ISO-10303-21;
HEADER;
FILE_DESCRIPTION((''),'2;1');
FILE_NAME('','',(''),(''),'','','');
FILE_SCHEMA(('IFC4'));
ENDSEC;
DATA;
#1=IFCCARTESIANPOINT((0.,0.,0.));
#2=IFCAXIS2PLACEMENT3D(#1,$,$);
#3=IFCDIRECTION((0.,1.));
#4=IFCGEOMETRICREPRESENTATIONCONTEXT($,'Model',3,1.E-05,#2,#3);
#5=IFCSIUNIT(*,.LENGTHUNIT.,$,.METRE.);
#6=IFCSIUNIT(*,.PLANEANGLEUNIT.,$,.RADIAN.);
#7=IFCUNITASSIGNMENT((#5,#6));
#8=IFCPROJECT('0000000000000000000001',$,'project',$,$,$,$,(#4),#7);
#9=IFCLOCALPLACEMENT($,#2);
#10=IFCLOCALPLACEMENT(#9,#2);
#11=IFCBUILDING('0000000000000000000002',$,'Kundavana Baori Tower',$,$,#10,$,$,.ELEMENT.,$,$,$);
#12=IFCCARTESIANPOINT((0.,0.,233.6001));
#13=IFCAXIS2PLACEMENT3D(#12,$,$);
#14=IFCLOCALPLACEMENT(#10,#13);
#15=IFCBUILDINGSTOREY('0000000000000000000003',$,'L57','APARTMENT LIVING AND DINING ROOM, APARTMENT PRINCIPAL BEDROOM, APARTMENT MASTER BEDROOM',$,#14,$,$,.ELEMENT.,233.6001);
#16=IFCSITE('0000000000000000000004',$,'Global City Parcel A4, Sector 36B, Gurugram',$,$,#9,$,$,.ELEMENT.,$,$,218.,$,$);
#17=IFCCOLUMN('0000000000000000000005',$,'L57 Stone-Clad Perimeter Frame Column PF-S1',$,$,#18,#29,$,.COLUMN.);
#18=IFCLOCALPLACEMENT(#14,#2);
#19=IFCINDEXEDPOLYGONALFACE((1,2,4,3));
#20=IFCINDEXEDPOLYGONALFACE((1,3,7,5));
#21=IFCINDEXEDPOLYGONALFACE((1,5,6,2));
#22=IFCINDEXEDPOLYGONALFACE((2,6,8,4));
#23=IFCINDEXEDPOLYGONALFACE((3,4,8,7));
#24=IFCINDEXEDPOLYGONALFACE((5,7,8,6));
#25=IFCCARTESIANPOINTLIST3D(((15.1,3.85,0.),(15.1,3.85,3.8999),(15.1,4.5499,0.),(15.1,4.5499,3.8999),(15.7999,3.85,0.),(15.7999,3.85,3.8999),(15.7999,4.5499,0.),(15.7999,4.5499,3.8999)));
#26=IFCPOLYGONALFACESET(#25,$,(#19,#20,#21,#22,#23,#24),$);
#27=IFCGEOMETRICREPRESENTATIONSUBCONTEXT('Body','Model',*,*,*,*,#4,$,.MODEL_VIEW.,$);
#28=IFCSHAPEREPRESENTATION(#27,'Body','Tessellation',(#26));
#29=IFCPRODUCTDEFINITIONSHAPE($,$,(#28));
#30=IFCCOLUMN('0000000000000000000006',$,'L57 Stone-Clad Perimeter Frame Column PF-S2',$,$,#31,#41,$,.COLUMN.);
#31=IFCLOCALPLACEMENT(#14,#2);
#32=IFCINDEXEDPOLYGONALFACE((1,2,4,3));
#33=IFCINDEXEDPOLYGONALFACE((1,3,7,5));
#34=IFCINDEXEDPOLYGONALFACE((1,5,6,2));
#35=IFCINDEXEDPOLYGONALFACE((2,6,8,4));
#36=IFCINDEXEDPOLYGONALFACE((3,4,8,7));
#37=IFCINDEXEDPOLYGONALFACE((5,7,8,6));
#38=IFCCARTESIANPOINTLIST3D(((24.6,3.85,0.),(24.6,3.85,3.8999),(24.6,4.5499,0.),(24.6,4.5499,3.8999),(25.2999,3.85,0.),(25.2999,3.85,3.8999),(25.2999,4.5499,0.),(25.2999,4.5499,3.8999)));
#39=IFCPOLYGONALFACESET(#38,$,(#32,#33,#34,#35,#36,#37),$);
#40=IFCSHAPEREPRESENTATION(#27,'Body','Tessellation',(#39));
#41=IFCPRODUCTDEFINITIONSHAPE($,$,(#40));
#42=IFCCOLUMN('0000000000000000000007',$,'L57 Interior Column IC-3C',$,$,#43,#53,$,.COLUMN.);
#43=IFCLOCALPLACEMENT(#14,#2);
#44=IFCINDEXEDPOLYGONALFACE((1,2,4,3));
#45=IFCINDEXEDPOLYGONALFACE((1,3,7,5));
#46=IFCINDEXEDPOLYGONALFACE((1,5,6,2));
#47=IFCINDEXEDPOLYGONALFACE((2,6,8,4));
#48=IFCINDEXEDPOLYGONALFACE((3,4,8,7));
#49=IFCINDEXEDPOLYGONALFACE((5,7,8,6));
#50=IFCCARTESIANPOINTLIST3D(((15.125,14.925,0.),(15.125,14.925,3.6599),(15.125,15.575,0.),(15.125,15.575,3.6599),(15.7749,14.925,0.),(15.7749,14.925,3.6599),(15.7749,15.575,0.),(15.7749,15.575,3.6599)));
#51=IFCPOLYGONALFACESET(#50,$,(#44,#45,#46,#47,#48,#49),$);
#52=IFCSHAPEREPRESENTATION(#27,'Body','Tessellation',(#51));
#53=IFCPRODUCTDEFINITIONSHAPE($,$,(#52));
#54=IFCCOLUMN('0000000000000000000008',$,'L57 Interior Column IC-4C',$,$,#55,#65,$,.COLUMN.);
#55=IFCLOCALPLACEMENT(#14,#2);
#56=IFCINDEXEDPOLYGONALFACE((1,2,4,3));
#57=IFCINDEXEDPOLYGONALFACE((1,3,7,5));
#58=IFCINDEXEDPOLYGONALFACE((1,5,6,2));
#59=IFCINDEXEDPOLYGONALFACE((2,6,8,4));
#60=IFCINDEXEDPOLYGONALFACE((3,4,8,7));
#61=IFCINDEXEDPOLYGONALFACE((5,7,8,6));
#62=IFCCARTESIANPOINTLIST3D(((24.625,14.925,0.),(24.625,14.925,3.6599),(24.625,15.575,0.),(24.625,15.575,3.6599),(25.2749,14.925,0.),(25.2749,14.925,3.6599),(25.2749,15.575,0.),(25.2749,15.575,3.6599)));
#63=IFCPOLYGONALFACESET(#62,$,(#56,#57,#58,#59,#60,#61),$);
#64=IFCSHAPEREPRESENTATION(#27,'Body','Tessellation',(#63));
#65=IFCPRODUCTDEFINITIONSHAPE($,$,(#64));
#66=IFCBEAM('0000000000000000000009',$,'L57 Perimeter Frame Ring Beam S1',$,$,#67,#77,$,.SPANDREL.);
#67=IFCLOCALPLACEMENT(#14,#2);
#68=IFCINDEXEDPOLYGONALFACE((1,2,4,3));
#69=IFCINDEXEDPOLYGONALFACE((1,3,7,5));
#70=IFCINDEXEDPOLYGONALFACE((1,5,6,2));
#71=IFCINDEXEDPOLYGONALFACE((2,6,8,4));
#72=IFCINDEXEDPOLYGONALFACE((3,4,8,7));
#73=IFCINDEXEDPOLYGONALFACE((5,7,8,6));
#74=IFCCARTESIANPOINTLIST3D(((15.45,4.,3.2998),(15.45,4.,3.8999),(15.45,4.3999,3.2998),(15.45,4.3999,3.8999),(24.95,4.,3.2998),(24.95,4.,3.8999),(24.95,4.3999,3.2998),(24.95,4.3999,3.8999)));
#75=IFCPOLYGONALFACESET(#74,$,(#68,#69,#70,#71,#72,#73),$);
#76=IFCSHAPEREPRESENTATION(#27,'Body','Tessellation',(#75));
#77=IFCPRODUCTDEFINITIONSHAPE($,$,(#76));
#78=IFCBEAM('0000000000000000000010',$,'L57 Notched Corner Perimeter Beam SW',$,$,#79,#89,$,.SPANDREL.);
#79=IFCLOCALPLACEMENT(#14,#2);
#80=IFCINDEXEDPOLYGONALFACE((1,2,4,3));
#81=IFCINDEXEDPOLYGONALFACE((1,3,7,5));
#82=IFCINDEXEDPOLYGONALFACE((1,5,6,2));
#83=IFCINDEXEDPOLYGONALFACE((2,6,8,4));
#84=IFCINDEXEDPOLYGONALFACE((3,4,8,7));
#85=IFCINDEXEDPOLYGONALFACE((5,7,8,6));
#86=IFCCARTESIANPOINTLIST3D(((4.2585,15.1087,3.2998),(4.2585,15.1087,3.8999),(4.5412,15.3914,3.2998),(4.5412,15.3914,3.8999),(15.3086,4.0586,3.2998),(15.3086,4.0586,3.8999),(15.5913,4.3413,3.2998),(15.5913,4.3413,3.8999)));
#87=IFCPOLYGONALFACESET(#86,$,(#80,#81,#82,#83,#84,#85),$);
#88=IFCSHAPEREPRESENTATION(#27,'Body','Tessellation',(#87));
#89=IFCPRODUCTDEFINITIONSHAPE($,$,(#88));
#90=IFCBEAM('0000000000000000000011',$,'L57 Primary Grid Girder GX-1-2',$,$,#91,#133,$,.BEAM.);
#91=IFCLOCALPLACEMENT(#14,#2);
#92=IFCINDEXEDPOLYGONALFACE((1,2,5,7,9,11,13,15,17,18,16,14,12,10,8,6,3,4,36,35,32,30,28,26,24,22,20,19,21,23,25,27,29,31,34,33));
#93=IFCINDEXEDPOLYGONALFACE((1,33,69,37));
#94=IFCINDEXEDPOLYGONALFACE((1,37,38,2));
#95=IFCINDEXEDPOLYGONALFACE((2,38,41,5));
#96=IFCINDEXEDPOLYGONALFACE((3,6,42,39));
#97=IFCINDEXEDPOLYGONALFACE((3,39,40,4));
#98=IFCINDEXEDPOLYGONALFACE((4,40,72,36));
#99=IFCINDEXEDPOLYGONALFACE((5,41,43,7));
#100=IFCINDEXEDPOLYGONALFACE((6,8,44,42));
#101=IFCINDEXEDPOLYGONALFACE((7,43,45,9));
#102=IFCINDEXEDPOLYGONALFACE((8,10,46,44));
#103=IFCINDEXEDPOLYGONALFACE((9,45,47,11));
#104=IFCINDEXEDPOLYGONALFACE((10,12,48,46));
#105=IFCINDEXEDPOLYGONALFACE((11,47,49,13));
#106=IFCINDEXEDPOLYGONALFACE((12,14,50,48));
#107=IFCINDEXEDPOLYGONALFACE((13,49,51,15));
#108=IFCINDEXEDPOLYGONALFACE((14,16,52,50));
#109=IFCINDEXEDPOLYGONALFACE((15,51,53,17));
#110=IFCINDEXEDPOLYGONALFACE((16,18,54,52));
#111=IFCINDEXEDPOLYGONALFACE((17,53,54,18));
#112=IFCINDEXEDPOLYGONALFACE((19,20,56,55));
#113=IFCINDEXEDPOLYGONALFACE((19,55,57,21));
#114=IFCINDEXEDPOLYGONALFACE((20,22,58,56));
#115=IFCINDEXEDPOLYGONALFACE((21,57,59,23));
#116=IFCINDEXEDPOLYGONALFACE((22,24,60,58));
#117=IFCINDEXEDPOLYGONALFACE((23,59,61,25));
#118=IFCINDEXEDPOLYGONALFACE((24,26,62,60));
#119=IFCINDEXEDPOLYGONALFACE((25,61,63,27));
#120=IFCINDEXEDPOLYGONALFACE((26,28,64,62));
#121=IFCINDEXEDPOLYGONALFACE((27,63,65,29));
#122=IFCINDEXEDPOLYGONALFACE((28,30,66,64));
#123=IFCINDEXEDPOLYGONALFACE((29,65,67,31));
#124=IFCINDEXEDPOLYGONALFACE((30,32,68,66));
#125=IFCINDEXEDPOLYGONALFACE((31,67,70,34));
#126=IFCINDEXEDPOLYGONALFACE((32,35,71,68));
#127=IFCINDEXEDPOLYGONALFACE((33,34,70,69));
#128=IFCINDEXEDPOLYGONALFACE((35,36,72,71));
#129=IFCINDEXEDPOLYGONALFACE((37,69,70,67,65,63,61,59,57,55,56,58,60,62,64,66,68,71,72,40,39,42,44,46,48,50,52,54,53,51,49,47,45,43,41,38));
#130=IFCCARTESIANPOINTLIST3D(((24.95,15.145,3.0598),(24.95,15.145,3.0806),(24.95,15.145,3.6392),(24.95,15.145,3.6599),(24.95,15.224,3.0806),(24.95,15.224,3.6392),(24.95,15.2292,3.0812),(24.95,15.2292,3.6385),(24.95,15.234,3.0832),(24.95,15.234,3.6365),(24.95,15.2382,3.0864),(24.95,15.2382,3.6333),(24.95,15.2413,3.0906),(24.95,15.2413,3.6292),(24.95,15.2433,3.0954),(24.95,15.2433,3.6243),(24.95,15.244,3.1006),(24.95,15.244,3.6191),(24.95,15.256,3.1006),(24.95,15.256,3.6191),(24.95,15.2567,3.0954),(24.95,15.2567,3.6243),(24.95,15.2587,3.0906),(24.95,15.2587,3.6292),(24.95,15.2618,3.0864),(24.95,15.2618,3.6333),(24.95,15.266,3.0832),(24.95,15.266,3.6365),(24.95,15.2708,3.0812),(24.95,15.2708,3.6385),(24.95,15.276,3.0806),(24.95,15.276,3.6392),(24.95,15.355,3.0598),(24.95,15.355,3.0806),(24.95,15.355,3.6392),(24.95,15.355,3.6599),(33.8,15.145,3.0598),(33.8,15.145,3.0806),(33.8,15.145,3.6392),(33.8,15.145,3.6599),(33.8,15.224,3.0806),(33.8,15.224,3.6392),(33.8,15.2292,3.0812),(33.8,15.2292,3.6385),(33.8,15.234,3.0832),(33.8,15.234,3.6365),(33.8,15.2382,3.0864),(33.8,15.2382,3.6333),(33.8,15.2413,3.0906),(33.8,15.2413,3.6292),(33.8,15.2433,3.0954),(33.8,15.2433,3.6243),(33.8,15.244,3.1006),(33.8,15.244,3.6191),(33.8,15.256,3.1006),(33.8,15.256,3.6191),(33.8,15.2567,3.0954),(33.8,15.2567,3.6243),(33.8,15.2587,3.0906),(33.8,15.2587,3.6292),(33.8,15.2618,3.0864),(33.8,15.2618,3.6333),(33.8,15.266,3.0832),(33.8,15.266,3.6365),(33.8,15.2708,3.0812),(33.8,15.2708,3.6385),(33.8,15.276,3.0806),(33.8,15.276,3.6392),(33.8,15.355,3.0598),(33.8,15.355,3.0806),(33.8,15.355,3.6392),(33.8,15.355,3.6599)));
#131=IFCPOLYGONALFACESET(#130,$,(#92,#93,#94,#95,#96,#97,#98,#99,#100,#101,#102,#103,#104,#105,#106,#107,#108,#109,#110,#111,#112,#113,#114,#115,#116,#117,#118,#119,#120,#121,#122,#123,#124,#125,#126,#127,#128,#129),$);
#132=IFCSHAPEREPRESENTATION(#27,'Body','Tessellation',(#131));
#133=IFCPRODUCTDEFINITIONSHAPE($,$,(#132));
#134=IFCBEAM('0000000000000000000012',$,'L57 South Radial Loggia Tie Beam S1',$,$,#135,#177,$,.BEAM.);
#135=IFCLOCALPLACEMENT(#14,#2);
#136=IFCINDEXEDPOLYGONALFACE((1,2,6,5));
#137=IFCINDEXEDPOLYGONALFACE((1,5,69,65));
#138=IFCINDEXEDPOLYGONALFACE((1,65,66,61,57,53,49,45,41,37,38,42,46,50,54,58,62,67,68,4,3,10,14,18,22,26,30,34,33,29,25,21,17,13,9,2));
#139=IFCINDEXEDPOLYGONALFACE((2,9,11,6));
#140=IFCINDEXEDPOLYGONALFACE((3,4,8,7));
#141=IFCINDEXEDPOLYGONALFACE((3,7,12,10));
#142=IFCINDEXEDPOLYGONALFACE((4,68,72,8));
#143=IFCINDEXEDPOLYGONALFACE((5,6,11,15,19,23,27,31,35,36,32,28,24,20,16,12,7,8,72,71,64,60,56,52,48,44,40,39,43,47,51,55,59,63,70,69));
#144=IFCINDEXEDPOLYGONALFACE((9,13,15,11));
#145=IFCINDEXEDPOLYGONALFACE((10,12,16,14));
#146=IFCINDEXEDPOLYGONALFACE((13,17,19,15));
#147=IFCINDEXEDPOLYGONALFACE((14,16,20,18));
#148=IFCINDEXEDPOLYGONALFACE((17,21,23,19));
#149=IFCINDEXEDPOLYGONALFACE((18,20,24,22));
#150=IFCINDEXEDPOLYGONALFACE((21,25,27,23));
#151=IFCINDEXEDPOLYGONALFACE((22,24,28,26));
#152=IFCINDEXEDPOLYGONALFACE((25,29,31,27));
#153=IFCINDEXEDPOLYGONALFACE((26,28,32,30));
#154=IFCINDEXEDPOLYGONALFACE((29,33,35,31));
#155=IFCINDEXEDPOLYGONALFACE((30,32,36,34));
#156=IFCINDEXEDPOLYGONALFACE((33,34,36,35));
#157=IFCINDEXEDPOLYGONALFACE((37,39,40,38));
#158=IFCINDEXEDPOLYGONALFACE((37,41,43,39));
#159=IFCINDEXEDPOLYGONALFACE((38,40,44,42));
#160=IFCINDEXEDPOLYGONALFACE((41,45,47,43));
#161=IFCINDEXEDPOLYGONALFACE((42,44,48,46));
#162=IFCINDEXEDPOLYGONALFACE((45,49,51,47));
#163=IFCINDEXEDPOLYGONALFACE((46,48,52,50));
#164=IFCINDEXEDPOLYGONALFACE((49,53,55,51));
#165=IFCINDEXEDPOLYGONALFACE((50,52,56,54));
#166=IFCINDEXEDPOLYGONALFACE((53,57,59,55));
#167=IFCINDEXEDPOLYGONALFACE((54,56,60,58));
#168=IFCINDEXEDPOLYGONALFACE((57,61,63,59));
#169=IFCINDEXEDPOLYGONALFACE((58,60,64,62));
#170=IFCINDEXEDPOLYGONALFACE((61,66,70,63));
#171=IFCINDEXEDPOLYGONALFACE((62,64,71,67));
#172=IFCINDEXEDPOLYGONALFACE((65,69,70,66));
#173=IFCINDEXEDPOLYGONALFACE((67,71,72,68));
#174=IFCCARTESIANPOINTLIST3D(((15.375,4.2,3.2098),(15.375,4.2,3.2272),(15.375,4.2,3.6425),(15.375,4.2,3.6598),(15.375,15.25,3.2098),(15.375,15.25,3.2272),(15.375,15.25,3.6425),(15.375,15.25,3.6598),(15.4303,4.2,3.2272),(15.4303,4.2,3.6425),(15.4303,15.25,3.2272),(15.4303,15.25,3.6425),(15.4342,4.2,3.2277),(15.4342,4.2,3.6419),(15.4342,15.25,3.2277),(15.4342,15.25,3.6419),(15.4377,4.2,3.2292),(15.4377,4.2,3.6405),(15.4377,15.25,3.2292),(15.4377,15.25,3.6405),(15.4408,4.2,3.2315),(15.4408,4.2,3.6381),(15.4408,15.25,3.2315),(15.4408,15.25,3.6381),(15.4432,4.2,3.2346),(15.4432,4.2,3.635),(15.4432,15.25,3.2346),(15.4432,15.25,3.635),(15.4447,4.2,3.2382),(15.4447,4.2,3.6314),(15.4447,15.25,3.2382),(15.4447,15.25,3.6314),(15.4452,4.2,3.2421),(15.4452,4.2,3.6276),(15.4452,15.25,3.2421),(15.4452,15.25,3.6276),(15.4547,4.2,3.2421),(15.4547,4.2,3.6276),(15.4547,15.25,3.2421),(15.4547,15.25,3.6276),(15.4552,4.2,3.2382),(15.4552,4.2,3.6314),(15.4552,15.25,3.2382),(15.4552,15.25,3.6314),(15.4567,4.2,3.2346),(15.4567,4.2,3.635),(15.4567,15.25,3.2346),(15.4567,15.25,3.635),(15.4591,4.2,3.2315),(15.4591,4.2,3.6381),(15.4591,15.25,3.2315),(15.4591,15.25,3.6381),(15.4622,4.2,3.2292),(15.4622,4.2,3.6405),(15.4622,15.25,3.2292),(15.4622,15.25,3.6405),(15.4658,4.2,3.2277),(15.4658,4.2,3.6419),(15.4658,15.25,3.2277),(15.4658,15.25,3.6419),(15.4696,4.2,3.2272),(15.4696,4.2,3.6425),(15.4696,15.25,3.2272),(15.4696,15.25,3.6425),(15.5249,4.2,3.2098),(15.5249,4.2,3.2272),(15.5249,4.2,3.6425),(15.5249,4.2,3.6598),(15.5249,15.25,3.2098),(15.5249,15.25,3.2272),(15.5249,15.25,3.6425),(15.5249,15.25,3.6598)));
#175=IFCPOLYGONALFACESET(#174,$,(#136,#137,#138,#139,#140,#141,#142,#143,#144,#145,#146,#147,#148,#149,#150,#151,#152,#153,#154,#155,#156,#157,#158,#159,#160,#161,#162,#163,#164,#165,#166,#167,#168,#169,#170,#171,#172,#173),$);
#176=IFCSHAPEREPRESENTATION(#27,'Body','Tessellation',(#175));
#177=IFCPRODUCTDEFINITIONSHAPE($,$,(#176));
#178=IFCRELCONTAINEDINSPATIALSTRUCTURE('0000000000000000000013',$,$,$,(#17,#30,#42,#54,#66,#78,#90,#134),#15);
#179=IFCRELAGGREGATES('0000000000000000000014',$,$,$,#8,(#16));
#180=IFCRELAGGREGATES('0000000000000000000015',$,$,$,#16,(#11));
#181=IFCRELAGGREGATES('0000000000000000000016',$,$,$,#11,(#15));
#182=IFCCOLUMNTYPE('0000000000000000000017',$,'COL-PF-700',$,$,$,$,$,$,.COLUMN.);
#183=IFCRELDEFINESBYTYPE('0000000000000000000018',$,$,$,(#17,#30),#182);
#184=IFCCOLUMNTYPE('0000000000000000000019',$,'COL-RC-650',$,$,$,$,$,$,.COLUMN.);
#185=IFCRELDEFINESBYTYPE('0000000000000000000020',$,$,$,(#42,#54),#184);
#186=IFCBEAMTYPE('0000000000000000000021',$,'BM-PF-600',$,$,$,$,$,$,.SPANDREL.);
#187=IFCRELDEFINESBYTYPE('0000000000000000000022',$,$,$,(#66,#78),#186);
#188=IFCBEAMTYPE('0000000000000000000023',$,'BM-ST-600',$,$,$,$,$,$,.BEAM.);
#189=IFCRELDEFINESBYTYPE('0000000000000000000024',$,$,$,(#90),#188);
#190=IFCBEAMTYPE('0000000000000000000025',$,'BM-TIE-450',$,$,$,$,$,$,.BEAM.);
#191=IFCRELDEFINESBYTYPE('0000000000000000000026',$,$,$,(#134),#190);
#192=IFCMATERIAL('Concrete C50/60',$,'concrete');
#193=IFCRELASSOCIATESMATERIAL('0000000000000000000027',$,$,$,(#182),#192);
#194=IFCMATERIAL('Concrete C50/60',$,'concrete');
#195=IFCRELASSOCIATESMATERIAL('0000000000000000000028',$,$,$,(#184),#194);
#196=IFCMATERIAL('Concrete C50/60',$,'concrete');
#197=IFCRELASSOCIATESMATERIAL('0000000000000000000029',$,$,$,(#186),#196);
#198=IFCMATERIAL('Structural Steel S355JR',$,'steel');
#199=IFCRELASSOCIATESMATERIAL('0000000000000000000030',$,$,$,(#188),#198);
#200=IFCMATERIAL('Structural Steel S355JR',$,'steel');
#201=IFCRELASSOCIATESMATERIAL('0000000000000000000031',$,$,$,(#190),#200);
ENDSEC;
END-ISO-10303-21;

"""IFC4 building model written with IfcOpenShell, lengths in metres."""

from ifc_helpers import new_model, si_unit, direction, frame, origin, origin_2d, place, context, subcontext, project, spatial, rectangle, i_section, extrude, material, material_profile, profile_set, type_object, element, save


model = new_model("IFC4")

# Units and contexts
model_context = context("Model", 3, precision=1e-05, world=origin(), true_north=direction((0.0, 1.0)))
body_context = subcontext(model_context, "Body", "Model", "MODEL_VIEW")
ifc_project = project(units=[si_unit("LENGTHUNIT", "METRE"), si_unit("PLANEANGLEUNIT", "RADIAN")], contexts=[model_context])

# Site, building, storey
site_placement = place(None, origin())
site = spatial("IfcSite", under=ifc_project, at=site_placement, Name="Global City Parcel A4, Sector 36B, Gurugram", CompositionType="ELEMENT", RefElevation=218.0)
building_placement = place(site_placement, origin())
building = spatial("IfcBuilding", under=site, at=building_placement, Name="Kundavana Baori Tower", CompositionType="ELEMENT")
storey_placement = place(building_placement, frame((0.0, 0.0, 233.6001)))
storey = spatial("IfcBuildingStorey", under=building, at=storey_placement, Name="L57", Description="APARTMENT LIVING AND DINING ROOM, APARTMENT PRINCIPAL BEDROOM, APARTMENT MASTER BEDROOM", CompositionType="ELEMENT", Elevation=233.6001)

# Columns
ifc_material_1 = material(Name="Concrete C50/60", Category="concrete")
ifc_material_profile_1 = material_profile(ifc_material_1, rectangle(XDim=0.7, YDim=0.7, at=origin_2d()), Name="RC PF 700x700")
ifc_profile_set_1 = profile_set([ifc_material_profile_1], Name="Concrete C50/60")
column_type_1 = type_object("IfcColumnType", Name="COL-PF-700", PredefinedType="COLUMN", material=ifc_profile_set_1)
for number, where, z_axis, x_axis, name in (
    (1, (15.45, 4.2, 0.0), (0.0, 0.0, 1.0), (1.0, 0.0, 0.0), "L57 Stone-Clad Perimeter Frame Column PF-S1"),
    (2, (24.95, 4.2, 0.0), (0.0, 0.0, 1.0), (1.0, 0.0, 0.0), "L57 Stone-Clad Perimeter Frame Column PF-S2"),
):
    element("IfcColumn", number, at=place(storey_placement, frame(where, z_axis=z_axis, x_axis=x_axis)), inside=storey, type_object=column_type_1, Name=name, PredefinedType="COLUMN", context=body_context, shape_type="SweptSolid", body=[
        extrude(rectangle(XDim=0.7, YDim=0.7, at=origin_2d()), origin(), (0.0, 0.0, 1.0), 3.8999),
    ])
ifc_material_2 = material(Name="Concrete C50/60", Category="concrete")
ifc_material_profile_2 = material_profile(ifc_material_2, rectangle(XDim=0.6499, YDim=0.6499, at=origin_2d()), Name="RC 650x650")
ifc_profile_set_2 = profile_set([ifc_material_profile_2], Name="Concrete C50/60")
column_type_2 = type_object("IfcColumnType", Name="COL-RC-650", PredefinedType="COLUMN", material=ifc_profile_set_2)
for number, where, z_axis, x_axis, name in (
    (3, (15.45, 15.25, 0.0), (0.0, 0.0, 1.0), (1.0, 0.0, 0.0), "L57 Interior Column IC-3C"),
    (4, (24.95, 15.25, 0.0), (0.0, 0.0, 1.0), (1.0, 0.0, 0.0), "L57 Interior Column IC-4C"),
):
    element("IfcColumn", number, at=place(storey_placement, frame(where, z_axis=z_axis, x_axis=x_axis)), inside=storey, type_object=column_type_2, Name=name, PredefinedType="COLUMN", context=body_context, shape_type="SweptSolid", body=[
        extrude(rectangle(XDim=0.6499, YDim=0.6499, at=origin_2d()), origin(), (0.0, 0.0, 1.0), 3.6599),
    ])

# Beams
ifc_material_3 = material(Name="Concrete C50/60", Category="concrete")
ifc_material_profile_3 = material_profile(ifc_material_3, rectangle(XDim=0.3999, YDim=0.6001, at=origin_2d()), Name="RC BM 400x600")
ifc_profile_set_3 = profile_set([ifc_material_profile_3], Name="Concrete C50/60")
beam_type_1 = type_object("IfcBeamType", Name="BM-PF-600", PredefinedType="SPANDREL", material=ifc_profile_set_3)
beam_1_placement = place(storey_placement, frame((15.45, 4.2, 3.5999), z_axis=(1.0, 0.0, 0.0), x_axis=(0.0, 1.0, 0.0)))
element("IfcBeam", 5, at=beam_1_placement, inside=storey, type_object=beam_type_1, Name="L57 Perimeter Frame Ring Beam S1", PredefinedType="SPANDREL", context=body_context, shape_type="SweptSolid", body=[
    extrude(rectangle(XDim=0.3999, YDim=0.6001, at=origin_2d()), origin(), (0.0, 0.0, 1.0), 9.5),
])
beam_2_placement = place(storey_placement, frame((15.45, 4.2, 3.5999), z_axis=(-0.707107, 0.707107, 0.0), x_axis=(-0.707107, -0.707107, 0.0)))
element("IfcBeam", 6, at=beam_2_placement, inside=storey, type_object=beam_type_1, Name="L57 Notched Corner Perimeter Beam SW", PredefinedType="SPANDREL", context=body_context, shape_type="SweptSolid", body=[
    extrude(rectangle(XDim=0.3999, YDim=0.6001, at=origin_2d()), origin(), (0.0, 0.0, 1.0), 15.6272),
])
ifc_material_4 = material(Name="Structural Steel S355JR", Category="steel")
ifc_material_profile_4 = material_profile(ifc_material_4, i_section(OverallWidth=0.21, OverallDepth=0.6001, WebThickness=0.012, FlangeThickness=0.0208, FilletRadius=0.02, at=origin_2d()), Name="ISMB 600")
ifc_profile_set_4 = profile_set([ifc_material_profile_4], Name="Structural Steel S355JR")
beam_type_2 = type_object("IfcBeamType", Name="BM-ST-600", PredefinedType="BEAM", material=ifc_profile_set_4)
beam_3_placement = place(storey_placement, frame((24.95, 15.25, 3.3599), z_axis=(1.0, 0.0, 0.0), x_axis=(0.0, 1.0, 0.0)))
element("IfcBeam", 7, at=beam_3_placement, inside=storey, type_object=beam_type_2, Name="L57 Primary Grid Girder GX-1-2", PredefinedType="BEAM", context=body_context, shape_type="SweptSolid", body=[
    extrude(i_section(OverallWidth=0.21, OverallDepth=0.6001, WebThickness=0.012, FlangeThickness=0.0208, FilletRadius=0.02, at=origin_2d()), origin(), (0.0, 0.0, 1.0), 8.8501),
])
ifc_material_5 = material(Name="Structural Steel S355JR", Category="steel")
ifc_material_profile_5 = material_profile(ifc_material_5, i_section(OverallWidth=0.1499, OverallDepth=0.45, WebThickness=0.0095, FlangeThickness=0.0173, FilletRadius=0.0149, at=origin_2d()), Name="ISMB 450")
ifc_profile_set_5 = profile_set([ifc_material_profile_5], Name="Structural Steel S355JR")
beam_type_3 = type_object("IfcBeamType", Name="BM-TIE-450", PredefinedType="BEAM", material=ifc_profile_set_5)
for number, where, z_axis, x_axis, name in (
    (8, (15.45, 15.25, 3.4348), (0.0, -1.0, 0.0), (1.0, 0.0, 0.0), "L57 South Radial Loggia Tie Beam S1"),
):
    element("IfcBeam", number, at=place(storey_placement, frame(where, z_axis=z_axis, x_axis=x_axis)), inside=storey, type_object=beam_type_3, Name=name, PredefinedType="BEAM", context=body_context, shape_type="SweptSolid", body=[
        extrude(i_section(OverallWidth=0.1499, OverallDepth=0.45, WebThickness=0.0095, FlangeThickness=0.0173, FilletRadius=0.0149, at=origin_2d()), origin(), (0.0, 0.0, 1.0), 11.05),
    ])

save(model, "model.ifc")
